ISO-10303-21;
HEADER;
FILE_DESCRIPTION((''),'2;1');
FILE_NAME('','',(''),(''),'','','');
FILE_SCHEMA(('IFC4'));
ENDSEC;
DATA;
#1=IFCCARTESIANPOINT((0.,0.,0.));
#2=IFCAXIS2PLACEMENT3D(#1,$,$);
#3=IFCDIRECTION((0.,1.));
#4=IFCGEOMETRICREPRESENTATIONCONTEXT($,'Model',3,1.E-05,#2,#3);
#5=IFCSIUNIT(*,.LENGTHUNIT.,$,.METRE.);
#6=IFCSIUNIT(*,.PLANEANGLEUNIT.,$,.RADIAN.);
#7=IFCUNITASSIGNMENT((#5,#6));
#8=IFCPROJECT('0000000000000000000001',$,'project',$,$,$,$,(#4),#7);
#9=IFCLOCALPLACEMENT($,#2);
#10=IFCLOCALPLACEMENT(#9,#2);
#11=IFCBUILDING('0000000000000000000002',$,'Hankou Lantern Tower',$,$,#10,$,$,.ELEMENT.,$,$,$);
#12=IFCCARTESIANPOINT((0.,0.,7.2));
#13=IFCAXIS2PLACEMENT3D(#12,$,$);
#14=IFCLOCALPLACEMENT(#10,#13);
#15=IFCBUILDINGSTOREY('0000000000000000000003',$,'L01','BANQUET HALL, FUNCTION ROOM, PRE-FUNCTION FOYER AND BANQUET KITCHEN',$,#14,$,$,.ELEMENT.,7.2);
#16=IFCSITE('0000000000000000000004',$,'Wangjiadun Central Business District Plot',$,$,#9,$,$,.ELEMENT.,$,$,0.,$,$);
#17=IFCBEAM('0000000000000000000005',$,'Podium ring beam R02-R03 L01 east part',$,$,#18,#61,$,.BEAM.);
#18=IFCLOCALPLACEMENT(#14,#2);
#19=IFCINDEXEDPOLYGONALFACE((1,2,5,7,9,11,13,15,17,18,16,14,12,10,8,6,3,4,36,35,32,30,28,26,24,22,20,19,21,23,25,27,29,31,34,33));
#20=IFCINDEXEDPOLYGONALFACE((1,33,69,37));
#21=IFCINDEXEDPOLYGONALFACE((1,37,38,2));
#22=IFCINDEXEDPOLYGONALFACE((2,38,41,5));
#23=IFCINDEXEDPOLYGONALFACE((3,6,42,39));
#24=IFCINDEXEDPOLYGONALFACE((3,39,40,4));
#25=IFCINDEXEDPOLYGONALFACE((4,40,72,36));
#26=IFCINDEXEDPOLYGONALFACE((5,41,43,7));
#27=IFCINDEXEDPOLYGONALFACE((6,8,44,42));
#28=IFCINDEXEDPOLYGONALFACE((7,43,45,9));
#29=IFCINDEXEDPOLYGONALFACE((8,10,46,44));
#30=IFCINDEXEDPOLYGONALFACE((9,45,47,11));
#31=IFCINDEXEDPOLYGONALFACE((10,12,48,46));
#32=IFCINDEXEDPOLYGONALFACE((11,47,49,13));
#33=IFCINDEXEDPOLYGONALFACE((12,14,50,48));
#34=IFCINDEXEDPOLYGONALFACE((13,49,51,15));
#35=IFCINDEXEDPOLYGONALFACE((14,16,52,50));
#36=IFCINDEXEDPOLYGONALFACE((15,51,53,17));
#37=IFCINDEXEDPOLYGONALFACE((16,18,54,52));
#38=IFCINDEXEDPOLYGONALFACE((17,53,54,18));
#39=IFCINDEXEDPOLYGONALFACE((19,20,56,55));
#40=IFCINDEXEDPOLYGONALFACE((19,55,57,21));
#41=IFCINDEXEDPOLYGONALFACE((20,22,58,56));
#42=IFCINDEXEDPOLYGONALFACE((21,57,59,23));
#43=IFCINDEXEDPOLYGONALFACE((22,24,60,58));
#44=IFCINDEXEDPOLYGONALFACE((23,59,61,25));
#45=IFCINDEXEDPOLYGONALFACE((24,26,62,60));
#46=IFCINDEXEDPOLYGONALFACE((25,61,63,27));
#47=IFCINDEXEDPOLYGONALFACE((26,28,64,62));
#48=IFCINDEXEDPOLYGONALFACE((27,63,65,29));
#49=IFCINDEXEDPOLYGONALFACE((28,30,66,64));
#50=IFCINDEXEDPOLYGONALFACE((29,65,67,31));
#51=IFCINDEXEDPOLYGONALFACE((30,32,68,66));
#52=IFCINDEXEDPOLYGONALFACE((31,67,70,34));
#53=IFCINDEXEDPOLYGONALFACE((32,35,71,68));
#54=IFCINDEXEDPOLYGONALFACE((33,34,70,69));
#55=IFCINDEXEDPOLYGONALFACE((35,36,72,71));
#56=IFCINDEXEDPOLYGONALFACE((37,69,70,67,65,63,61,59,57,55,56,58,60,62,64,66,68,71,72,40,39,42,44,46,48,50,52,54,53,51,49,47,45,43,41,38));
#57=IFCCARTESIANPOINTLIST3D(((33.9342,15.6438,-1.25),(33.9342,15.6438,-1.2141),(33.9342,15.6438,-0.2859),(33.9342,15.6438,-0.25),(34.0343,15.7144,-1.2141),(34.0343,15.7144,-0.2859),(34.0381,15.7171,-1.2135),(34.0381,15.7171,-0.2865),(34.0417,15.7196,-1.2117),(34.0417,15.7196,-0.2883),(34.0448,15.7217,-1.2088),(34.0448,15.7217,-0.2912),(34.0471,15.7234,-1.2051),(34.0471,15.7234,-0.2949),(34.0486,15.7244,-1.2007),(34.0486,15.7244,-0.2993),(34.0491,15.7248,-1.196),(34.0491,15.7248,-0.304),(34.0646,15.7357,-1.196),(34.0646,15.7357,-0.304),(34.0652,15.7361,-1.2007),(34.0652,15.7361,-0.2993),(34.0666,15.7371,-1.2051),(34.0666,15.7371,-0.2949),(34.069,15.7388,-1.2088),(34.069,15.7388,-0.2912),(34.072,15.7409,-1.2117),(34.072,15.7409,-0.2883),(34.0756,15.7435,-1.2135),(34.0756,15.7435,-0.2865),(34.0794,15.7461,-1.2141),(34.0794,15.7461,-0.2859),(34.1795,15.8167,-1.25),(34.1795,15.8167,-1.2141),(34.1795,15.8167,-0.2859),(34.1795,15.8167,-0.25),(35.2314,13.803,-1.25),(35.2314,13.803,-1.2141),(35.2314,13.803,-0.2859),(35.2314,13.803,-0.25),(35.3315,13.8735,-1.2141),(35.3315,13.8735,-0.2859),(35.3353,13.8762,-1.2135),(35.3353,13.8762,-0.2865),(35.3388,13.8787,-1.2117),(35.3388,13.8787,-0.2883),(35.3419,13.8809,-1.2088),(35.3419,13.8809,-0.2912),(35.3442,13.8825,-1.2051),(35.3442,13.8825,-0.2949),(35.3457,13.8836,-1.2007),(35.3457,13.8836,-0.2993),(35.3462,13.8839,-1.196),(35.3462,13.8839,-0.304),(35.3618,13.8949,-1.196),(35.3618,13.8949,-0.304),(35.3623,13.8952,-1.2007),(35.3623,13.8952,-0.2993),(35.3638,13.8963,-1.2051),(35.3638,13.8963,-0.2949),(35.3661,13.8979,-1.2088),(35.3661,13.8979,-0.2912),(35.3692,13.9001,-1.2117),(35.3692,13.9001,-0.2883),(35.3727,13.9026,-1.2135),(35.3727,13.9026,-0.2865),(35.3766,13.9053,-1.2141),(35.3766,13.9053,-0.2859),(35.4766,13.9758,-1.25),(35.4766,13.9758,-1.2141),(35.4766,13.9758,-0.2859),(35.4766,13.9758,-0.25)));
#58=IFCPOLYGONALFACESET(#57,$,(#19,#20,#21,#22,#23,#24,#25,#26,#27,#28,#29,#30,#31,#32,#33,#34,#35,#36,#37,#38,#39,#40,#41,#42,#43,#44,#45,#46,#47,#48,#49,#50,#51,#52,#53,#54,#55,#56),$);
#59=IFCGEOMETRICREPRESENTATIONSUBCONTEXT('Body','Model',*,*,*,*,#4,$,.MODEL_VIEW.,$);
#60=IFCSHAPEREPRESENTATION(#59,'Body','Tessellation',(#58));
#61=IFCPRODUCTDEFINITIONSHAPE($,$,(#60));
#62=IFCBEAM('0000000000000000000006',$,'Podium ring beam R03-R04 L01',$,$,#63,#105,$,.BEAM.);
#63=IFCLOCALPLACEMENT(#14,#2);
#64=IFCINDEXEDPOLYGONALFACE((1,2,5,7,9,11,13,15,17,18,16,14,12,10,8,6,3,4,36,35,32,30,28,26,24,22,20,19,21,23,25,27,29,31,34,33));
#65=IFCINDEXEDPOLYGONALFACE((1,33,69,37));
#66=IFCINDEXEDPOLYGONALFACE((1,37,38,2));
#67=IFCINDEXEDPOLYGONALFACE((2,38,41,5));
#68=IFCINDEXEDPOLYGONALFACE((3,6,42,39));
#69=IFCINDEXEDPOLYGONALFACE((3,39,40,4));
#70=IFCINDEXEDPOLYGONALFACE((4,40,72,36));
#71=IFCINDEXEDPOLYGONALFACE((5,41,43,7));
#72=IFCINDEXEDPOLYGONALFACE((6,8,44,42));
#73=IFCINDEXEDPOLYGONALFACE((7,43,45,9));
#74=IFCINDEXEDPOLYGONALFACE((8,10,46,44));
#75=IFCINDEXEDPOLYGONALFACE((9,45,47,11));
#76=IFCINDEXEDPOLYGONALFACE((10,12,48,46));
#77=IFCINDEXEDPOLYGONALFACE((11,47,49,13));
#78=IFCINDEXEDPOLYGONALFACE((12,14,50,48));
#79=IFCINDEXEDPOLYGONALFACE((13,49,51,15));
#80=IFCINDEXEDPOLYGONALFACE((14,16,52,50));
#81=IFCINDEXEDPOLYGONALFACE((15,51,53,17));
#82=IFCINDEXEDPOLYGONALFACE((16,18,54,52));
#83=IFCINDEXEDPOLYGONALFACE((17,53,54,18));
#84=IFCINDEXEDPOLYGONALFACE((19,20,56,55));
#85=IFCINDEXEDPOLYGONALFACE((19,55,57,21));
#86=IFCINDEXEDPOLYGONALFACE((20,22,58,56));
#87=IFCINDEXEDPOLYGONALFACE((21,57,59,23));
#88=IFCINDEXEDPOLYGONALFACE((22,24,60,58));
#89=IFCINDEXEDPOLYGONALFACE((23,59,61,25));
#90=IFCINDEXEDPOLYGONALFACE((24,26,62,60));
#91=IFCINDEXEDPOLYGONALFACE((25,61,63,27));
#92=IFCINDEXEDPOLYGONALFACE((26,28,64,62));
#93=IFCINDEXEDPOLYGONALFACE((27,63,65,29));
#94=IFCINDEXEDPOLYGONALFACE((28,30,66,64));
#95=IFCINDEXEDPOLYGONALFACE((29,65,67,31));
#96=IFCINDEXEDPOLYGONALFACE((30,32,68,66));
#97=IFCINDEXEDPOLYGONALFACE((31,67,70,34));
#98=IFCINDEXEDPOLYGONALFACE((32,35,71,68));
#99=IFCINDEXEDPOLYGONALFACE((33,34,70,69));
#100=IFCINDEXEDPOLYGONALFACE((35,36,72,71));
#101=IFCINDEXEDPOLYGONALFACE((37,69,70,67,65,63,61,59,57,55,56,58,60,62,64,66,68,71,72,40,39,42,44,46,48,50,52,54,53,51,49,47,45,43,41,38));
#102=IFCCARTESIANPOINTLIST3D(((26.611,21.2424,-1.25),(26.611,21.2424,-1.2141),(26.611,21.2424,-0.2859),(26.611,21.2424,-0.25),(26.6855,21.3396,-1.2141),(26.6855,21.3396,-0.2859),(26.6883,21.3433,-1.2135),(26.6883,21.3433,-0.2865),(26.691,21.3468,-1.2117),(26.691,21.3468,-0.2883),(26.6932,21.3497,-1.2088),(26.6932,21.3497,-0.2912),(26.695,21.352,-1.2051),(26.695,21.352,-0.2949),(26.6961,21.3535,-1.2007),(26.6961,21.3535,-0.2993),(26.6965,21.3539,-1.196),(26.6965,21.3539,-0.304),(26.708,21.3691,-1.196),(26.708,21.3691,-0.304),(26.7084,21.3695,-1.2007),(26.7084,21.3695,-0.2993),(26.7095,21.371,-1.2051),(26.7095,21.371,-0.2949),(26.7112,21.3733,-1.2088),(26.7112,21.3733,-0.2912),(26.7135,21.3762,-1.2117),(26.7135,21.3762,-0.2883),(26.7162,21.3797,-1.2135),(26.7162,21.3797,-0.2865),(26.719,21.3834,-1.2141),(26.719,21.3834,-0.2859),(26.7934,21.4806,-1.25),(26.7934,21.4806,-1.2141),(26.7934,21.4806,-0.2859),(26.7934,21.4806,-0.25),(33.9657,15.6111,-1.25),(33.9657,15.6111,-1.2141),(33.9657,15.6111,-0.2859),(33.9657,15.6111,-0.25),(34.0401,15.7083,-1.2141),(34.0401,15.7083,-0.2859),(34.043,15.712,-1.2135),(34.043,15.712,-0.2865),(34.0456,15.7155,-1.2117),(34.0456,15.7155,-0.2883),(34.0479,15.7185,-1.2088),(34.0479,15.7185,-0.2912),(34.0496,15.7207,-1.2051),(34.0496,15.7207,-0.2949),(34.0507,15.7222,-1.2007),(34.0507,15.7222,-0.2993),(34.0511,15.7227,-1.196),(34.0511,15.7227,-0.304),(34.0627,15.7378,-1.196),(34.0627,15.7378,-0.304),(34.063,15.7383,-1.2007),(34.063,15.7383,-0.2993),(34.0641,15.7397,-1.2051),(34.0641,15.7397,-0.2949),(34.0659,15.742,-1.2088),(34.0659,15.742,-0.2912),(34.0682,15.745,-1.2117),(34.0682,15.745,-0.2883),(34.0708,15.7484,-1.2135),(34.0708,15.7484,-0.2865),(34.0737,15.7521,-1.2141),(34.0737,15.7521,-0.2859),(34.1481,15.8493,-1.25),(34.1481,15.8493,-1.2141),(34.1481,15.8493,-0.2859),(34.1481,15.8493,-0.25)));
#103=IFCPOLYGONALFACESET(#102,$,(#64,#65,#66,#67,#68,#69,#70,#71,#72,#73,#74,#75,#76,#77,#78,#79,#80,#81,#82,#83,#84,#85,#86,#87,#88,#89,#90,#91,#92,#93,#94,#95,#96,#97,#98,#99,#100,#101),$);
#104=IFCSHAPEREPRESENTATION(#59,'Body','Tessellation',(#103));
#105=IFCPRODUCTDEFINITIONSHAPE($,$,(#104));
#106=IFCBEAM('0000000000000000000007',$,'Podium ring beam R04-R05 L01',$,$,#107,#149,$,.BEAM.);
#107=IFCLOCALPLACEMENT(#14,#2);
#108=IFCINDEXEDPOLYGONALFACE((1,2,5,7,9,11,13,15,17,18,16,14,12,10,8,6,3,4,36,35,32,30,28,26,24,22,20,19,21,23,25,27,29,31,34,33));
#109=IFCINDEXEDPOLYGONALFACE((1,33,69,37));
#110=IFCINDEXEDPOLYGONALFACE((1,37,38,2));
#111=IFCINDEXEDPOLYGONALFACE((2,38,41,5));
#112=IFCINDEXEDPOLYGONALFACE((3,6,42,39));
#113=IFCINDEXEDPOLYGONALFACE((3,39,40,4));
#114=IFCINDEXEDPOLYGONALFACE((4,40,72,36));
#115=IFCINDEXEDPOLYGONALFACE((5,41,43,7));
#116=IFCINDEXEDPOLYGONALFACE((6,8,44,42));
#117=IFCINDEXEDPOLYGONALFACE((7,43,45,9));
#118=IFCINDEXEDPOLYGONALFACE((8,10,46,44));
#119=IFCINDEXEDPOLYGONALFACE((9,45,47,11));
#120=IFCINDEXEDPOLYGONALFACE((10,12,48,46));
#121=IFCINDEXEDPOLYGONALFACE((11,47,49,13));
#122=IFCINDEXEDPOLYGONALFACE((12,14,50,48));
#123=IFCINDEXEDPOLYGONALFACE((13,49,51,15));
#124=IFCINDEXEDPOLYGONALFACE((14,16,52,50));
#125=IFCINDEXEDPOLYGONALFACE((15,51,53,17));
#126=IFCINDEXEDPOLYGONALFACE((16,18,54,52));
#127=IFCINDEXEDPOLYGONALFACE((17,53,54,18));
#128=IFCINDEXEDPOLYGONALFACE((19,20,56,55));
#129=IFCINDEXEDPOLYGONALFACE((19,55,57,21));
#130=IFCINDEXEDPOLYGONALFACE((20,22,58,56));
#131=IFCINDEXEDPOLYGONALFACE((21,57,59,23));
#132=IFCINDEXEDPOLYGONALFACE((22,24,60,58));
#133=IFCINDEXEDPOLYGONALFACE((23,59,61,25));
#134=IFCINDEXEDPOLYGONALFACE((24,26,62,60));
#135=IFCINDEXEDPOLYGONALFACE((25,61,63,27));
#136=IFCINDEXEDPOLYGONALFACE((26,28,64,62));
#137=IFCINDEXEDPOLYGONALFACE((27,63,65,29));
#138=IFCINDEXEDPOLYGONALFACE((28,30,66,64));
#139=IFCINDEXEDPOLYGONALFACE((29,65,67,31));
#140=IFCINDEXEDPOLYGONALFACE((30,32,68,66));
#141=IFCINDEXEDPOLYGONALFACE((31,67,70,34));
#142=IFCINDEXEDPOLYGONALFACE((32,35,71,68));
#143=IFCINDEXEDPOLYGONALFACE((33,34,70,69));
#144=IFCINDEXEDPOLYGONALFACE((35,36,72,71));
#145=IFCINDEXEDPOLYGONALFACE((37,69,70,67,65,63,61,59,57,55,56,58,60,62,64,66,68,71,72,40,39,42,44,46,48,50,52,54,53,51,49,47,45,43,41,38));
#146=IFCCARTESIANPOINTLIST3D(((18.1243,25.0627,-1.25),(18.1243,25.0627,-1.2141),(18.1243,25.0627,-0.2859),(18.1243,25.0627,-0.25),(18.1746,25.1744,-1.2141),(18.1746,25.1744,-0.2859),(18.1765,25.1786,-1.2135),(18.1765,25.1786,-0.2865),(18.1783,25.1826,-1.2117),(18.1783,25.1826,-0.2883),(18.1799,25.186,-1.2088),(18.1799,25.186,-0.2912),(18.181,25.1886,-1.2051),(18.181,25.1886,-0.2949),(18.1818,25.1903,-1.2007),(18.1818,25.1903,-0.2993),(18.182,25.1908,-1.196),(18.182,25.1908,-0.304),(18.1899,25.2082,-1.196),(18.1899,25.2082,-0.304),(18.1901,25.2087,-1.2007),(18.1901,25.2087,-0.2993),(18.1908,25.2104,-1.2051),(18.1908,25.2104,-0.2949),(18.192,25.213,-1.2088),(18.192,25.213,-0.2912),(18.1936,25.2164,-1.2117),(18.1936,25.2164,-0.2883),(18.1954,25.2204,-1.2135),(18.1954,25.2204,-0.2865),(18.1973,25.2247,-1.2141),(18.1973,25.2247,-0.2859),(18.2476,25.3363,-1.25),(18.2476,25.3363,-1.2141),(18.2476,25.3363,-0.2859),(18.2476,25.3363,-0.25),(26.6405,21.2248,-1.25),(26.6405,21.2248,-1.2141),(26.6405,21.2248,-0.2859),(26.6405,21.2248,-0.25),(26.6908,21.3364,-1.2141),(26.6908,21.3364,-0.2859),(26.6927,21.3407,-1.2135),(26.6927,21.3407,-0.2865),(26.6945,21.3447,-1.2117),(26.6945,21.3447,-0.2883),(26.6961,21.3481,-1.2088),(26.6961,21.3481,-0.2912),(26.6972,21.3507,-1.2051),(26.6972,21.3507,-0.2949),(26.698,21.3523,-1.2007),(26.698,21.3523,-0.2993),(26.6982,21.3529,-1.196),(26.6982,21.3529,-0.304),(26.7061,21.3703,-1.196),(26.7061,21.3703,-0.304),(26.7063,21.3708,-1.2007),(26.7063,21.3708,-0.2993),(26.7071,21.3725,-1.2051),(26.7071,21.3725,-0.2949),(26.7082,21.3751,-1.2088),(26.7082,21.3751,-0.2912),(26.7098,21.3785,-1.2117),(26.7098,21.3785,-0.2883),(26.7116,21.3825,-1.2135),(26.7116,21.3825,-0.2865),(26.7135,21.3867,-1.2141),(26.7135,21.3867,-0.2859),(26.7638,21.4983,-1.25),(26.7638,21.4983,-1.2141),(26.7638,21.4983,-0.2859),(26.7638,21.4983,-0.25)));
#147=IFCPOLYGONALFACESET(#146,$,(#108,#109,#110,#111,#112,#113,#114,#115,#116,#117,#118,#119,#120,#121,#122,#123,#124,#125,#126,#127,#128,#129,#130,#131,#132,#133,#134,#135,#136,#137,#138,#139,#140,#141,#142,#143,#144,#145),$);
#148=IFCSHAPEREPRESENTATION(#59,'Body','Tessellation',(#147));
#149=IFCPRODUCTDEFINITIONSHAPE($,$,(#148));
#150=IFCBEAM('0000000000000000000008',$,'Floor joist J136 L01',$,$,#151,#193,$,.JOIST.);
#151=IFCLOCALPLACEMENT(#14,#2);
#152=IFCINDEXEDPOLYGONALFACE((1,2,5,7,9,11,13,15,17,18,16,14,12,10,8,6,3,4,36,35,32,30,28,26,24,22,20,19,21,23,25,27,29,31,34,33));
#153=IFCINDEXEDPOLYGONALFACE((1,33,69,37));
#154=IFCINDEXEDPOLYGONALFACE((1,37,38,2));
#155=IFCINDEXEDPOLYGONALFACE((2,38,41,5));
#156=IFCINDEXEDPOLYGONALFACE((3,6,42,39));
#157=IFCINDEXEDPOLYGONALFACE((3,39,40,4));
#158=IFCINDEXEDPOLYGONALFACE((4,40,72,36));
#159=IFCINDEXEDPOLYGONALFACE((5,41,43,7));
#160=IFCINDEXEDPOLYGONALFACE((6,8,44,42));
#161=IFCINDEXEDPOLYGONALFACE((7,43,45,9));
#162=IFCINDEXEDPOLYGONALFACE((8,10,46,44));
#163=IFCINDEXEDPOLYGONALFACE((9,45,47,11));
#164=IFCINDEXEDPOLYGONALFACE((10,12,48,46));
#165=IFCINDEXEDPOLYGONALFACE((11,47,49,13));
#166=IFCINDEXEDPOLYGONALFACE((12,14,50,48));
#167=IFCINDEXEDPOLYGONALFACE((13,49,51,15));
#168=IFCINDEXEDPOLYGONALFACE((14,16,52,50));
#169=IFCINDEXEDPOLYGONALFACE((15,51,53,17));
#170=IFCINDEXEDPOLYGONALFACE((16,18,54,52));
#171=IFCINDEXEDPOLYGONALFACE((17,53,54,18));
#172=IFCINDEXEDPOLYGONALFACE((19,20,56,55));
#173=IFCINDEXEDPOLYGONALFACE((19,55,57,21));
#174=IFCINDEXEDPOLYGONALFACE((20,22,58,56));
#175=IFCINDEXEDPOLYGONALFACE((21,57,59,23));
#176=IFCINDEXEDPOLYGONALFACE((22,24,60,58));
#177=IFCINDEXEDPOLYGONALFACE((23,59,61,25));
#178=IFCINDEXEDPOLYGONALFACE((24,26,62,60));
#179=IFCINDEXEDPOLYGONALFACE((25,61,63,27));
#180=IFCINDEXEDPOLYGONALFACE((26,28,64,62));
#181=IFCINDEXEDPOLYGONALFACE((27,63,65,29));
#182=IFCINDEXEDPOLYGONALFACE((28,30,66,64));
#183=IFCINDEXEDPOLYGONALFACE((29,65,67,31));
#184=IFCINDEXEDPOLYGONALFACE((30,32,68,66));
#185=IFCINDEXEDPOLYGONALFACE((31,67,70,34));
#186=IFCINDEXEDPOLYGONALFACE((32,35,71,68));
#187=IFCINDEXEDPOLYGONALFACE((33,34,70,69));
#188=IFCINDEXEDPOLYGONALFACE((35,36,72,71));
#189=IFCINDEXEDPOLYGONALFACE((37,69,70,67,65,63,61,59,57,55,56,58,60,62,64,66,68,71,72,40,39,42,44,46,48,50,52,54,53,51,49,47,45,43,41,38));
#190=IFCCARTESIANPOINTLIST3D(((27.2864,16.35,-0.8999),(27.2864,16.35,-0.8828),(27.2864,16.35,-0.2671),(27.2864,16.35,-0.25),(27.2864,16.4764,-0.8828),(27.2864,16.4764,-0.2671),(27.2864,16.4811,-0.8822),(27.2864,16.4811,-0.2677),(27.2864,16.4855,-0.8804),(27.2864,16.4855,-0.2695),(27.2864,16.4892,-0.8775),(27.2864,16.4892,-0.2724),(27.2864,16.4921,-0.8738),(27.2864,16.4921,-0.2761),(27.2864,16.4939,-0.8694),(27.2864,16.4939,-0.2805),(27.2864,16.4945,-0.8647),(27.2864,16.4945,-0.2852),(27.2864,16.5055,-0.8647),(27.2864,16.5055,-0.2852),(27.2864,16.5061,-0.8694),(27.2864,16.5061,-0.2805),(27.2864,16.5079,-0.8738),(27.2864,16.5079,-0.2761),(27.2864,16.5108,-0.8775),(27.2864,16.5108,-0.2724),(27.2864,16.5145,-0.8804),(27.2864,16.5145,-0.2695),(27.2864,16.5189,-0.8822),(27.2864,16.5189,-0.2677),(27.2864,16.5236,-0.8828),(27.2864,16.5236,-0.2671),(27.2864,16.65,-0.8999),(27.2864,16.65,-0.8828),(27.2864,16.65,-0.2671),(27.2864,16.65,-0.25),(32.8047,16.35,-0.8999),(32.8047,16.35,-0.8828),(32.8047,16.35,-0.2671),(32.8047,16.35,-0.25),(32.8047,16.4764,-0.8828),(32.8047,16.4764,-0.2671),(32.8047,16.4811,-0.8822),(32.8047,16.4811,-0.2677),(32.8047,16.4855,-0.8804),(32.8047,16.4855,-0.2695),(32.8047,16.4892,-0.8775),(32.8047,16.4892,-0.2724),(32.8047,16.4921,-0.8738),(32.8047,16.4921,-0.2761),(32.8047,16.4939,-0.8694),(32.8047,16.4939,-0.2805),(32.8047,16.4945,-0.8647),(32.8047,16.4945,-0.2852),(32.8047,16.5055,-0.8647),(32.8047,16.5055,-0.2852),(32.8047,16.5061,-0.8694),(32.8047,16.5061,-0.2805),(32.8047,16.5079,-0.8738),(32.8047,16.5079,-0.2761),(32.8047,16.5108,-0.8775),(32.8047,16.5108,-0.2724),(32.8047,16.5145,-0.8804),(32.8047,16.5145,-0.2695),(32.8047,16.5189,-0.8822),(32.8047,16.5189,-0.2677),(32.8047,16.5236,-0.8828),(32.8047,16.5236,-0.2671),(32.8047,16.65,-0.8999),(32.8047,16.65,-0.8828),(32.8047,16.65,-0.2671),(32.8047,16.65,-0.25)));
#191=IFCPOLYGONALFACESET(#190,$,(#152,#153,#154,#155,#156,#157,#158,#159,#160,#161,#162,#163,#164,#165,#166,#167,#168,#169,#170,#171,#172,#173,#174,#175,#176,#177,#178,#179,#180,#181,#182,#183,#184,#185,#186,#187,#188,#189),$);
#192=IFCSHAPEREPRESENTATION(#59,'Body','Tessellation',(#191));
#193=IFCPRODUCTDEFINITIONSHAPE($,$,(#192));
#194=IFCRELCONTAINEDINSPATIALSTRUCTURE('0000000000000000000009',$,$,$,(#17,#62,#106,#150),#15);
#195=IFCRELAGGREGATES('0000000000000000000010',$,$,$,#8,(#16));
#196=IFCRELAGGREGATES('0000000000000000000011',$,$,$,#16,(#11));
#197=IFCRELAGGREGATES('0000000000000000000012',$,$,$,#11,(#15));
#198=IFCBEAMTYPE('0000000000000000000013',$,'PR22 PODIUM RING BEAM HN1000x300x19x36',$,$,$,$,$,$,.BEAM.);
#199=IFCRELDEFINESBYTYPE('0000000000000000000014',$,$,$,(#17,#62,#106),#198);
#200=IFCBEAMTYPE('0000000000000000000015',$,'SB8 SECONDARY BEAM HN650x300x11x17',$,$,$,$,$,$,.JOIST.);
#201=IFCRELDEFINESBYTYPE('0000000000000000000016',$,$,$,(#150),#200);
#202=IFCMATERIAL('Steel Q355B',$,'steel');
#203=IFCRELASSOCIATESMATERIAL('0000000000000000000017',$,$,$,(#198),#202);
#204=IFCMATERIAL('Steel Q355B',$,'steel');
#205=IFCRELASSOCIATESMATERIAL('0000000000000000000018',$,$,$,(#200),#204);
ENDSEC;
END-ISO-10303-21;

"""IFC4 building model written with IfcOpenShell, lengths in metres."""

from ifc_helpers import new_model, si_unit, direction, frame, origin, origin_2d, place, context, subcontext, project, spatial, i_section, extrude, material, material_profile, profile_set, type_object, element, save


model = new_model("IFC4")

# Units and contexts
model_context = context("Model", 3, precision=1e-05, world=origin(), true_north=direction((0.0, 1.0)))
body_context = subcontext(model_context, "Body", "Model", "MODEL_VIEW")
ifc_project = project(units=[si_unit("LENGTHUNIT", "METRE"), si_unit("PLANEANGLEUNIT", "RADIAN")], contexts=[model_context])

# Site, building, storey
site_placement = place(None, origin())
site = spatial("IfcSite", under=ifc_project, at=site_placement, Name="Wangjiadun Central Business District Plot", CompositionType="ELEMENT", RefElevation=0.0)
building_placement = place(site_placement, origin())
building = spatial("IfcBuilding", under=site, at=building_placement, Name="Hankou Lantern Tower", CompositionType="ELEMENT")
storey_placement = place(building_placement, frame((0.0, 0.0, 7.2)))
storey = spatial("IfcBuildingStorey", under=building, at=storey_placement, Name="L01", Description="BANQUET HALL, FUNCTION ROOM, PRE-FUNCTION FOYER AND BANQUET KITCHEN", CompositionType="ELEMENT", Elevation=7.2)

# Beams
ifc_material_1 = material(Name="Steel Q355B", Category="steel")
ifc_material_profile_1 = material_profile(ifc_material_1, i_section(OverallWidth=0.3, OverallDepth=1.0, WebThickness=0.019, FlangeThickness=0.0359, FilletRadius=0.0181, at=origin_2d()), Name="HN1000x300x19x36")
ifc_profile_set_1 = profile_set([ifc_material_profile_1], Name="Steel Q355B")
beam_type_1 = type_object("IfcBeamType", Name="PR22 PODIUM RING BEAM HN1000x300x19x36", PredefinedType="BEAM", material=ifc_profile_set_1)
beam_1_placement = place(storey_placement, frame((35.354, 13.8894, -0.75), z_axis=(-0.576006, 0.817445, 0.0), x_axis=(-0.817445, -0.576006, 0.0)))
element("IfcBeam", 1, at=beam_1_placement, inside=storey, type_object=beam_type_1, Name="Podium ring beam R02-R03 L01 east part", PredefinedType="BEAM", context=body_context, shape_type="SweptSolid", body=[
    extrude(i_section(OverallWidth=0.3, OverallDepth=1.0, WebThickness=0.019, FlangeThickness=0.0359, FilletRadius=0.0181, at=origin_2d()), origin(), (0.0, 0.0, 1.0), 2.252),
])
beam_2_placement = place(storey_placement, frame((34.0569, 15.7302, -0.75), z_axis=(-0.793986, 0.607936, 0.0), x_axis=(-0.607936, -0.793986, 0.0)))
element("IfcBeam", 2, at=beam_2_placement, inside=storey, type_object=beam_type_1, Name="Podium ring beam R03-R04 L01", PredefinedType="BEAM", context=body_context, shape_type="SweptSolid", body=[
    extrude(i_section(OverallWidth=0.3, OverallDepth=1.0, WebThickness=0.019, FlangeThickness=0.0359, FilletRadius=0.0181, at=origin_2d()), origin(), (0.0, 0.0, 1.0), 9.2629),
])
beam_3_placement = place(storey_placement, frame((26.7021, 21.3616, -0.75), z_axis=(-0.911695, 0.410867, 0.0), x_axis=(-0.410867, -0.911695, 0.0)))
element("IfcBeam", 3, at=beam_3_placement, inside=storey, type_object=beam_type_1, Name="Podium ring beam R04-R05 L01", PredefinedType="BEAM", context=body_context, shape_type="SweptSolid", body=[
    extrude(i_section(OverallWidth=0.3, OverallDepth=1.0, WebThickness=0.019, FlangeThickness=0.0359, FilletRadius=0.0181, at=origin_2d()), origin(), (0.0, 0.0, 1.0), 9.3411),
])
ifc_material_2 = material(Name="Steel Q355B", Category="steel")
ifc_material_profile_2 = material_profile(ifc_material_2, i_section(OverallWidth=0.3, OverallDepth=0.6499, WebThickness=0.011, FlangeThickness=0.0171, FilletRadius=0.0181, at=origin_2d()), Name="HN650x300x11x17")
ifc_profile_set_2 = profile_set([ifc_material_profile_2], Name="Steel Q355B")
beam_type_2 = type_object("IfcBeamType", Name="SB8 SECONDARY BEAM HN650x300x11x17", PredefinedType="JOIST", material=ifc_profile_set_2)
beam_4_placement = place(storey_placement, frame((27.2864, 16.5, -0.575), z_axis=(1.0, 0.0, 0.0), x_axis=(0.0, 1.0, 0.0)))
element("IfcBeam", 4, at=beam_4_placement, inside=storey, type_object=beam_type_2, Name="Floor joist J136 L01", PredefinedType="JOIST", context=body_context, shape_type="SweptSolid", body=[
    extrude(i_section(OverallWidth=0.3, OverallDepth=0.6499, WebThickness=0.011, FlangeThickness=0.0171, FilletRadius=0.0181, at=origin_2d()), origin(), (0.0, 0.0, 1.0), 5.5183),
])

save(model, "model.ifc")
